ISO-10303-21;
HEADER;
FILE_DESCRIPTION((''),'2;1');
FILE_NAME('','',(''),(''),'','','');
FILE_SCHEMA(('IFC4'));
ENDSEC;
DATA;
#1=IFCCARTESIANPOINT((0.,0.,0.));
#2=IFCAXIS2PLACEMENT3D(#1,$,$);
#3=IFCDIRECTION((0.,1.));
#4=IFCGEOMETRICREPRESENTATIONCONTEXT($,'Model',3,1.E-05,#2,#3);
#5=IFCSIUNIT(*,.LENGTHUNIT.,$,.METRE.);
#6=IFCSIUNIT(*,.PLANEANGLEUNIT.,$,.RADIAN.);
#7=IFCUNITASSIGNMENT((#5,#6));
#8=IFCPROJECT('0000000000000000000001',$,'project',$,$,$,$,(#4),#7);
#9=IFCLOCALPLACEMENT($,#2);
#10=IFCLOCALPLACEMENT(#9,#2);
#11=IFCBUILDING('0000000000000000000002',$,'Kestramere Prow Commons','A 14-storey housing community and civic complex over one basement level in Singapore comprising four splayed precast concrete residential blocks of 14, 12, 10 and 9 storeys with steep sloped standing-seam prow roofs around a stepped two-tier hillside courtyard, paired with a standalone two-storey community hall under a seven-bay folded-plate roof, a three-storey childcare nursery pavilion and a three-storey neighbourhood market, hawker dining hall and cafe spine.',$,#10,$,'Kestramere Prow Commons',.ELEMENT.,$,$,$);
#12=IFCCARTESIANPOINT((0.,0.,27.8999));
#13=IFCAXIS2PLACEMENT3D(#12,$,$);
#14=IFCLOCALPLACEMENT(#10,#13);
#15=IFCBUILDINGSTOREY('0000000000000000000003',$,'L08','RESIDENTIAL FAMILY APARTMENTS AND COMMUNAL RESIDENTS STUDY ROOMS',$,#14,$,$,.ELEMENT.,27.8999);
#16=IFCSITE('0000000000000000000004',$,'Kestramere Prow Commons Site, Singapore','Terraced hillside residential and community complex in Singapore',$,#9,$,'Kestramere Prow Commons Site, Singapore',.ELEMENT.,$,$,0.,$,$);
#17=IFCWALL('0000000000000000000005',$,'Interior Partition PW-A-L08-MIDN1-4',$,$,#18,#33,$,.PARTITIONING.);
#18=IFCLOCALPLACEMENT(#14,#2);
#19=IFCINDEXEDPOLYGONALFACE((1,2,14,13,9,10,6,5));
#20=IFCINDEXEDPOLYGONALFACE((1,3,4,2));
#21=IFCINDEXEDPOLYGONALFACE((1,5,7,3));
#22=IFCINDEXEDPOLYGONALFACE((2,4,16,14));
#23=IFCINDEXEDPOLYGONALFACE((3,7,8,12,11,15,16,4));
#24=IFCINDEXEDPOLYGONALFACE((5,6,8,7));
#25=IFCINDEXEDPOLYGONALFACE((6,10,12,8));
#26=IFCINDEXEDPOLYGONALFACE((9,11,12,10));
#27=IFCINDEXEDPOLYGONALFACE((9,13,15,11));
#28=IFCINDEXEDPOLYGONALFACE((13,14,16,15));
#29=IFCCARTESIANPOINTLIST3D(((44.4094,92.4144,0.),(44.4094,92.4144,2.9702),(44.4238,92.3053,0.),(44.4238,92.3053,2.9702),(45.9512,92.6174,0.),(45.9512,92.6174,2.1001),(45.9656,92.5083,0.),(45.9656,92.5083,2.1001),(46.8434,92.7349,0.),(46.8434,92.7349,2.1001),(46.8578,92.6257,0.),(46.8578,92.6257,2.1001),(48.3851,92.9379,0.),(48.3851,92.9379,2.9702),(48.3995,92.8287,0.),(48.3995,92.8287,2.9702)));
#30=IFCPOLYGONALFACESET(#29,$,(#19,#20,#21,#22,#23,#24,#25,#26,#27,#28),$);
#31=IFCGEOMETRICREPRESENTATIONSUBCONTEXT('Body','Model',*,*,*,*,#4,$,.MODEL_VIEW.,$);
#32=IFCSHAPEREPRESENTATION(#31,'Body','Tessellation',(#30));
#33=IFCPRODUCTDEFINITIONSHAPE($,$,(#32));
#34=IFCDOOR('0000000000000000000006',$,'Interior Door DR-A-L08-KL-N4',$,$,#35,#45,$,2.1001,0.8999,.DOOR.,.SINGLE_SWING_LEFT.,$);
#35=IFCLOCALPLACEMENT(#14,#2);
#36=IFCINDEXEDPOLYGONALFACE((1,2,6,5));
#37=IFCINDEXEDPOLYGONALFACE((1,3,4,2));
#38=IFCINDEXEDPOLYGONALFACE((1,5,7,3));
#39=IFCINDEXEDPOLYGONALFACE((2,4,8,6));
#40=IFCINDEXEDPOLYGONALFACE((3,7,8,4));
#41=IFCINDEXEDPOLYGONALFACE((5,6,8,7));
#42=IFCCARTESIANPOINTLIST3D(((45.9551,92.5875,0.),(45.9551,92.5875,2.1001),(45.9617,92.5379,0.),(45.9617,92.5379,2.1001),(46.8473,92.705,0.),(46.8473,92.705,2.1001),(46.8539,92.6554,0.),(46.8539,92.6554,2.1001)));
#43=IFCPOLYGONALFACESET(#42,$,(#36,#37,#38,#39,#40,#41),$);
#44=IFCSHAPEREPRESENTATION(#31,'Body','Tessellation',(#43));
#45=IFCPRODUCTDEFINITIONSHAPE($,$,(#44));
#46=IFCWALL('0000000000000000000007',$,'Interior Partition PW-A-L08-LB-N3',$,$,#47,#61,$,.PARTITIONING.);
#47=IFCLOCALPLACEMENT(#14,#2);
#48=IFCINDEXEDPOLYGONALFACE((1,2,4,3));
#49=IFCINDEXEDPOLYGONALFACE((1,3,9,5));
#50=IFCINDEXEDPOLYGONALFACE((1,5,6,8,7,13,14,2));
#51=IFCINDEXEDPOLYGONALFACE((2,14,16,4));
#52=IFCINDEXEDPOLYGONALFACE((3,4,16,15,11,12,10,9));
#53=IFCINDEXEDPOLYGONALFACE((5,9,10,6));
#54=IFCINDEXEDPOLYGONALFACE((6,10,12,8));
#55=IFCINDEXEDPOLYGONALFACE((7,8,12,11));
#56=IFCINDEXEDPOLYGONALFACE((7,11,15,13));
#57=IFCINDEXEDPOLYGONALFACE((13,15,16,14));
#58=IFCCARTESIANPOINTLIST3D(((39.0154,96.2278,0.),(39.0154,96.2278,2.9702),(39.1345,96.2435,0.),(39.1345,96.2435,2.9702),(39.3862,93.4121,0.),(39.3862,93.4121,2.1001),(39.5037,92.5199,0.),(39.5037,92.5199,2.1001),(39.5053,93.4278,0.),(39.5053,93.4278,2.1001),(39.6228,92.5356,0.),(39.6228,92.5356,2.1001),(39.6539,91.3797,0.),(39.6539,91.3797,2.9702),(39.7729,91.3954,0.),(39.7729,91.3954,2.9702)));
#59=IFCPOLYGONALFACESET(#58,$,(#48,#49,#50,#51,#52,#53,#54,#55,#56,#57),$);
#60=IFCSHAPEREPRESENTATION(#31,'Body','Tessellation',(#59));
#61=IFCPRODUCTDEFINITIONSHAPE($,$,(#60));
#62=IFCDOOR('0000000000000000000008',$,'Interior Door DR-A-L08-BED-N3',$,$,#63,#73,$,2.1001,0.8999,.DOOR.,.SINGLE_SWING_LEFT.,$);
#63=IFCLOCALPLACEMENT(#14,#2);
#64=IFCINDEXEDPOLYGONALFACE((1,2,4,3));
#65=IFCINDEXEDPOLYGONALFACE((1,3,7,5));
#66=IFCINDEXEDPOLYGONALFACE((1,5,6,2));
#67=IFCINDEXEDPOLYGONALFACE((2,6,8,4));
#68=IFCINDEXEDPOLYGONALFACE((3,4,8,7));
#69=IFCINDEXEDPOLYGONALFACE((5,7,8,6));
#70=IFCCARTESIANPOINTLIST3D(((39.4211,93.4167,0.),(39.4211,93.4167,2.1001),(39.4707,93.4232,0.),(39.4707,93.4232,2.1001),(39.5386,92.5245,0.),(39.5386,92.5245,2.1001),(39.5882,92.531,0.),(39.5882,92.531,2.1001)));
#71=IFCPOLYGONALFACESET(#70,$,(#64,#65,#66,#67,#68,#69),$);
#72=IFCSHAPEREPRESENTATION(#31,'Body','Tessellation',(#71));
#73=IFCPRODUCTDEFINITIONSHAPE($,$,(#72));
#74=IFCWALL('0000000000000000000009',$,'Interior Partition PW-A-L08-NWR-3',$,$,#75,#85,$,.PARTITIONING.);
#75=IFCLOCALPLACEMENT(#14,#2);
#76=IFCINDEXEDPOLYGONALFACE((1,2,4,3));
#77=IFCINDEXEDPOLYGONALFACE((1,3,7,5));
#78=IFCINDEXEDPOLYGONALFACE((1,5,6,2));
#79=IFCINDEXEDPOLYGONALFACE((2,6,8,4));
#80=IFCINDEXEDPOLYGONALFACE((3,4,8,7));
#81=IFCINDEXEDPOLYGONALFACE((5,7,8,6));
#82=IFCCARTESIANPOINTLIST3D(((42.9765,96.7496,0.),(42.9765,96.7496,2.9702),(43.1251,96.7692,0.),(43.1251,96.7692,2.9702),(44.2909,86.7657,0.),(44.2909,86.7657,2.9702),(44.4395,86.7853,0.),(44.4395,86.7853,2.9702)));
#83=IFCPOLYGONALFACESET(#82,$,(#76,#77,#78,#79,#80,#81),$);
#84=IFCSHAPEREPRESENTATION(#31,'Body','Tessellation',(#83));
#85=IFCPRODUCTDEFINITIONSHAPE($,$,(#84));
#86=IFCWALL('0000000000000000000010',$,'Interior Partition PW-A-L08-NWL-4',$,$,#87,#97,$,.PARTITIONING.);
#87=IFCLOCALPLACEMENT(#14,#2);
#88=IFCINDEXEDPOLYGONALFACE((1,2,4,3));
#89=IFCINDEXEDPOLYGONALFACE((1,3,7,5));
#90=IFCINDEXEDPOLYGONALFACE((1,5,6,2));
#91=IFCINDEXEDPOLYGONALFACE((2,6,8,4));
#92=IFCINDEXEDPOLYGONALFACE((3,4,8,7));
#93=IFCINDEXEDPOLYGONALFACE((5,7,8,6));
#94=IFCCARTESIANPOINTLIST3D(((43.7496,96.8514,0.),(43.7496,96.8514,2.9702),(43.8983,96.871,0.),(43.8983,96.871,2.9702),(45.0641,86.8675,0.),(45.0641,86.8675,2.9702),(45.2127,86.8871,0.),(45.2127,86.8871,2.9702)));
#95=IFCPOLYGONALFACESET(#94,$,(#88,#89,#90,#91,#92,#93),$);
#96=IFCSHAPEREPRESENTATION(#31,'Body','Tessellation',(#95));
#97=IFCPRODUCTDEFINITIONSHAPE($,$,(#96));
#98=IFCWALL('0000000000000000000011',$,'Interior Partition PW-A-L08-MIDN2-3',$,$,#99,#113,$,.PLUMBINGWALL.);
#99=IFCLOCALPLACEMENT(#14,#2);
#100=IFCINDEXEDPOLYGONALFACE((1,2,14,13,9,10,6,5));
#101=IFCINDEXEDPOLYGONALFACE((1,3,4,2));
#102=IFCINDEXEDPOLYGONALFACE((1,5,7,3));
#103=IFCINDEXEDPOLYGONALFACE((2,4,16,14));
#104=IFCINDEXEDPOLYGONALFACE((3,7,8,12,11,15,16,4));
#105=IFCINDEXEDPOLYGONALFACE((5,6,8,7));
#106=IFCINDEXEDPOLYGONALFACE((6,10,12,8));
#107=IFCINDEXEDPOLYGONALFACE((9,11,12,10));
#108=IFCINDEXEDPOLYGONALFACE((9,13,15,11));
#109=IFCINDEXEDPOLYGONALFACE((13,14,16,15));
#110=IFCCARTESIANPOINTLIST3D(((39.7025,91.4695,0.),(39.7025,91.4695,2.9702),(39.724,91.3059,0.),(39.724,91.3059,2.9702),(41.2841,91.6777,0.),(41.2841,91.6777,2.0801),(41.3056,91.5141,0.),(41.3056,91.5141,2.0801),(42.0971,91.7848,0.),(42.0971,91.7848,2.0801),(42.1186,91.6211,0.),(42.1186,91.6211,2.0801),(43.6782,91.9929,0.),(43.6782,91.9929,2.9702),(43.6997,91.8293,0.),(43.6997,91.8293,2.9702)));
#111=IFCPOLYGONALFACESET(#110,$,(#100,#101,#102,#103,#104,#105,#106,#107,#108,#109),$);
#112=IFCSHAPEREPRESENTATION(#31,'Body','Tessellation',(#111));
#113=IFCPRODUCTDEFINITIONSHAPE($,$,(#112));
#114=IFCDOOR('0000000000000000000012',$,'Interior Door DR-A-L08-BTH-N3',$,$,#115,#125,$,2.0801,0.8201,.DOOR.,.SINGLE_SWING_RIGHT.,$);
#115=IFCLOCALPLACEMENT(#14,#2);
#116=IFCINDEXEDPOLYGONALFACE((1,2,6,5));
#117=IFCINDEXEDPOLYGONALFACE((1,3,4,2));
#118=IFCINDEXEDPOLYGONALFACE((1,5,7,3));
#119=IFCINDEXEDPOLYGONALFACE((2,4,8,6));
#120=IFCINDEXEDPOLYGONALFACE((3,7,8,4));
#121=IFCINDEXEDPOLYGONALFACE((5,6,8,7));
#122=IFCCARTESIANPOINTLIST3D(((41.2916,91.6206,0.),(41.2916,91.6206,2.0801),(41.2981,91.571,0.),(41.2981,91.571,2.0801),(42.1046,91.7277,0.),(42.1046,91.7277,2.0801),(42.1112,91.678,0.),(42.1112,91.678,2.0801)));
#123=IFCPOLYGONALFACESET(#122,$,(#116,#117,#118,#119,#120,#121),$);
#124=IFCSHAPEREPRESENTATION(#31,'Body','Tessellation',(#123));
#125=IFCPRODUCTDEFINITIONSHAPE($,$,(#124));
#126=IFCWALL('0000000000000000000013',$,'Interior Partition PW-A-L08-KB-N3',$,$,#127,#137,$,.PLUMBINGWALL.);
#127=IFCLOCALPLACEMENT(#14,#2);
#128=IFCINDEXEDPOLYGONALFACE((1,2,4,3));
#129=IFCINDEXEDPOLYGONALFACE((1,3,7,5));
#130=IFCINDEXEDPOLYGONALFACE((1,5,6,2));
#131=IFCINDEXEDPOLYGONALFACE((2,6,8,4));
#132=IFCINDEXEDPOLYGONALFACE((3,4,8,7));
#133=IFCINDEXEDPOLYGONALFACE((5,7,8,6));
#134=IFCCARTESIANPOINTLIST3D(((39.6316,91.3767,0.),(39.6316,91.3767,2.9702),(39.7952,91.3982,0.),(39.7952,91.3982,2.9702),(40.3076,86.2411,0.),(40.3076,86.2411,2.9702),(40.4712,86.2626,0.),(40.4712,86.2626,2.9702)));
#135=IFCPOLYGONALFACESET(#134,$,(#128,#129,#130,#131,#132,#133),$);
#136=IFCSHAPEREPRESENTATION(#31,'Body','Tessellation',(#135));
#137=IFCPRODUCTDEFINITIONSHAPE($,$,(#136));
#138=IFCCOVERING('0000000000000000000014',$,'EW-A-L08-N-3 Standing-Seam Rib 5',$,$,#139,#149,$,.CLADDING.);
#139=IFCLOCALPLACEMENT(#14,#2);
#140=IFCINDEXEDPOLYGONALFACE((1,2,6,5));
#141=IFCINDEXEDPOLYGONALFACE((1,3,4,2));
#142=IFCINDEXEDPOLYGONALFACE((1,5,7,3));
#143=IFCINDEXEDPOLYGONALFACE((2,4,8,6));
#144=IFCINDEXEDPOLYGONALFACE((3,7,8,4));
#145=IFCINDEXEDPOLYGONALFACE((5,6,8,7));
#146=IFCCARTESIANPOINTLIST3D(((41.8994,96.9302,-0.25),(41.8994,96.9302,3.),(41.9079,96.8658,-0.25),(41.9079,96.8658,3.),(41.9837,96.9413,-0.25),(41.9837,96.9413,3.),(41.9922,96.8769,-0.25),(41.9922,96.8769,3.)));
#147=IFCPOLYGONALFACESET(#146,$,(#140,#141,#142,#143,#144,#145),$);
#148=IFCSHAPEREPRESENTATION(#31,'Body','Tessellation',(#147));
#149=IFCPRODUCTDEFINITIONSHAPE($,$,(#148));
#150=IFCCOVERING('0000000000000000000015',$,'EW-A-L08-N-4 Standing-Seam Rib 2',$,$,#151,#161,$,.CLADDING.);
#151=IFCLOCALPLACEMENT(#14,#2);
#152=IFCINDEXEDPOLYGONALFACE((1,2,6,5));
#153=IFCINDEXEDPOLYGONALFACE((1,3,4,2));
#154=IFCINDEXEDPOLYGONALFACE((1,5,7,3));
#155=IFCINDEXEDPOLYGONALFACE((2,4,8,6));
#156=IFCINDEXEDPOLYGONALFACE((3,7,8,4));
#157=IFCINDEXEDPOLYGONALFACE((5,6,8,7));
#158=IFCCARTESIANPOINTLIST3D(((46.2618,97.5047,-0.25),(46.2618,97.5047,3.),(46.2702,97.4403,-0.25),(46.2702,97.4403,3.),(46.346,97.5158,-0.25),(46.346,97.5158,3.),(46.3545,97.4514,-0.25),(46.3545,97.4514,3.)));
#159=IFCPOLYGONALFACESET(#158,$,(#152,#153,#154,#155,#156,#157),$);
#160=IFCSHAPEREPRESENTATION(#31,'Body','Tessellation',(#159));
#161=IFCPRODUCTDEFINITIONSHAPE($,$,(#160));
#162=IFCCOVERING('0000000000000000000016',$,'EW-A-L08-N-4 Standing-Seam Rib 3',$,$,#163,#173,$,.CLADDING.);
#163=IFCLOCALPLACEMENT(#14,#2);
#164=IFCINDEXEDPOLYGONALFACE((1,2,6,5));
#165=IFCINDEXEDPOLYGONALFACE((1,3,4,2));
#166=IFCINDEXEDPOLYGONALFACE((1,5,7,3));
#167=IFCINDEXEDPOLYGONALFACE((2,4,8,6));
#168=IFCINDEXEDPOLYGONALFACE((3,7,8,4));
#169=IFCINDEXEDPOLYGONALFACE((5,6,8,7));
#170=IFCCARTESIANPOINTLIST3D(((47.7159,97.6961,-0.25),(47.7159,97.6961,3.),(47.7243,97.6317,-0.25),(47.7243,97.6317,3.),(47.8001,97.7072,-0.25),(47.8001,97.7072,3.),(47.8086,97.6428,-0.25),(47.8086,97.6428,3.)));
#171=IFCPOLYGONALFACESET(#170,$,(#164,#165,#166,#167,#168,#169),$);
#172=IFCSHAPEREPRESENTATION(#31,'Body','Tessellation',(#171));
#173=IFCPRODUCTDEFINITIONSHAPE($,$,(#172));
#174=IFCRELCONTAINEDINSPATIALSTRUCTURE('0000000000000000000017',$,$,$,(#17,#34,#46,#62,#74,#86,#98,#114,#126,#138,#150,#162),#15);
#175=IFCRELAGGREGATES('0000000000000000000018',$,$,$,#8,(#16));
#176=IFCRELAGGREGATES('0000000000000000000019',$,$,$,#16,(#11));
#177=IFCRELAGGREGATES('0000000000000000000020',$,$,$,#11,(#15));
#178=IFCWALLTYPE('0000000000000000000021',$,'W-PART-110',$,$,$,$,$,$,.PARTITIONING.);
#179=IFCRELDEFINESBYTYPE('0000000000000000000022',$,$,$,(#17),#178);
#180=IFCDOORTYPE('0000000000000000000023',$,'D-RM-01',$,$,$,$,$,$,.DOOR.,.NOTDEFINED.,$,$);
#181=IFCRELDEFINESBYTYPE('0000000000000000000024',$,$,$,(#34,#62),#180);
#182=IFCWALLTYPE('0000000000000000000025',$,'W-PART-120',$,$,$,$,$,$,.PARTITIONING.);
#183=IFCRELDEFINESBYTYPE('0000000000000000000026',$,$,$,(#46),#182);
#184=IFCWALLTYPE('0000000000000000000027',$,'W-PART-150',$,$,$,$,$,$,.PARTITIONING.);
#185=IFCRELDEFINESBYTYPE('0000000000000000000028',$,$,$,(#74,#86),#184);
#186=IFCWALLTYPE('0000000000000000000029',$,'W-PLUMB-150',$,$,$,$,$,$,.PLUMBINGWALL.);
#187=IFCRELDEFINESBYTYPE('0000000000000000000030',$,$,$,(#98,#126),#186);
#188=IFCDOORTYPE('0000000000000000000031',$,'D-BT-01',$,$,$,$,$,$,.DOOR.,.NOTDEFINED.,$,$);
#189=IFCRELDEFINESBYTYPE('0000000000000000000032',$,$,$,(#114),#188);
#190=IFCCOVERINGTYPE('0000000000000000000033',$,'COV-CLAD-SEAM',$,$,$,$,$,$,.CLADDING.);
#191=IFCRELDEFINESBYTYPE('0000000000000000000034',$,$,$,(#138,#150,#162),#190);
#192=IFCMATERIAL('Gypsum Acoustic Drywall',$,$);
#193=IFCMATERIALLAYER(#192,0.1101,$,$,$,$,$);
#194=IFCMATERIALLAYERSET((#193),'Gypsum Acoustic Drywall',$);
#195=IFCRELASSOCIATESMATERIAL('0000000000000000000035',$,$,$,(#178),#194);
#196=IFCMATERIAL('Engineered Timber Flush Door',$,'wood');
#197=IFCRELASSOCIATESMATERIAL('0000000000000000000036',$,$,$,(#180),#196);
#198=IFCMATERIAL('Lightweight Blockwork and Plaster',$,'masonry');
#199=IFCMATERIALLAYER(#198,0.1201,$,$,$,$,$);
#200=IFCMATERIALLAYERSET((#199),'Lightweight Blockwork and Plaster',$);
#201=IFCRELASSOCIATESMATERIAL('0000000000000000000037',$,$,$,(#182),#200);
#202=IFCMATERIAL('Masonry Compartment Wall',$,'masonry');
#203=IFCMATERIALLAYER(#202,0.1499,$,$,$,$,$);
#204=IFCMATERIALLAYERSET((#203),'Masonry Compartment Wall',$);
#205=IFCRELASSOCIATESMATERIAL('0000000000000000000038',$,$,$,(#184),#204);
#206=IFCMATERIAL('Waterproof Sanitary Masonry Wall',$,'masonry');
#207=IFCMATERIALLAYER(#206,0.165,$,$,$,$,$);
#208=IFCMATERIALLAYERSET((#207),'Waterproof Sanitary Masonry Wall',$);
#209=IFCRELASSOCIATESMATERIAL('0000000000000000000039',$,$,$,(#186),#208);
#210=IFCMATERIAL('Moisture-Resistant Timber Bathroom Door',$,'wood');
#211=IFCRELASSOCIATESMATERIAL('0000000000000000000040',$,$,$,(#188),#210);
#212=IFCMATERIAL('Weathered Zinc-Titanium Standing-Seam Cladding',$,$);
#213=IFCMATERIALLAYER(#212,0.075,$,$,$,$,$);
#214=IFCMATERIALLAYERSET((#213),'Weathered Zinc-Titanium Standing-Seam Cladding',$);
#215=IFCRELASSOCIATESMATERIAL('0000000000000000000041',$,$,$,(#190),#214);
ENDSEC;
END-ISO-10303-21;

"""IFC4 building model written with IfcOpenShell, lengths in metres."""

from ifc_helpers import new_model, si_unit, direction, frame, frame_2d, origin, origin_2d, place, context, subcontext, project, spatial, rectangle, extrude, material, layer, layer_set, type_object, element, fill, save


model = new_model("IFC4")

# Units and contexts
model_context = context("Model", 3, precision=1e-05, world=origin(), true_north=direction((0.0, 1.0)))
body_context = subcontext(model_context, "Body", "Model", "MODEL_VIEW")
ifc_project = project(units=[si_unit("LENGTHUNIT", "METRE"), si_unit("PLANEANGLEUNIT", "RADIAN")], contexts=[model_context])

# Site, building, storey
site_placement = place(None, origin())
site = spatial("IfcSite", under=ifc_project, at=site_placement, Name="Kestramere Prow Commons Site, Singapore", Description="Terraced hillside residential and community complex in Singapore", LongName="Kestramere Prow Commons Site, Singapore", CompositionType="ELEMENT", RefElevation=0.0)
building_placement = place(site_placement, origin())
building = spatial("IfcBuilding", under=site, at=building_placement, Name="Kestramere Prow Commons", Description="A 14-storey housing community and civic complex over one basement level in Singapore comprising four splayed precast concrete residential blocks of 14, 12, 10 and 9 storeys with steep sloped standing-seam prow roofs around a stepped two-tier hillside courtyard, paired with a standalone two-storey community hall under a seven-bay folded-plate roof, a three-storey childcare nursery pavilion and a three-storey neighbourhood market, hawker dining hall and cafe spine.", LongName="Kestramere Prow Commons", CompositionType="ELEMENT")
storey_placement = place(building_placement, frame((0.0, 0.0, 27.8999)))
storey = spatial("IfcBuildingStorey", under=building, at=storey_placement, Name="L08", Description="RESIDENTIAL FAMILY APARTMENTS AND COMMUNAL RESIDENTS STUDY ROOMS", CompositionType="ELEMENT", Elevation=27.8999)

# Walls, openings, doors
ifc_material_1 = material(Name="Gypsum Acoustic Drywall")
ifc_layer_1 = layer(ifc_material_1, 0.1101)
ifc_layer_set_1 = layer_set([ifc_layer_1], Name="Gypsum Acoustic Drywall")
wall_type_1 = type_object("IfcWallType", Name="W-PART-110", PredefinedType="PARTITIONING", material=ifc_layer_set_1)
wall_1_placement = place(storey_placement, frame((44.4167, 92.3599, 0.0), z_axis=(0.0, 0.0, 1.0), x_axis=(0.991444, 0.130536, 0.0)))
wall_1 = element("IfcWall", 1, at=wall_1_placement, inside=storey, type_object=wall_type_1, Name="Interior Partition PW-A-L08-MIDN1-4", PredefinedType="PARTITIONING", context=body_context, shape_type="SweptSolid", body=[
    extrude(rectangle(XDim=4.01, YDim=0.1101, at=frame_2d((2.0049, 0.0))), origin(), (0.0, 0.0, 1.0), 2.9702),
])
opening_1_placement = place(wall_1_placement, frame((1.5549, 0.0, 0.0)))
opening_1 = element("IfcOpeningElement", 2, at=opening_1_placement, cuts=wall_1, PredefinedType="OPENING", context=body_context, shape_type="SweptSolid", body=[
    extrude(rectangle(XDim=0.8999, YDim=2.1001, at=frame_2d((0.45, 1.05))), frame((0.0, 0.0701, 0.0), z_axis=(0.0, -1.0, 0.0), x_axis=(1.0, 0.0, 0.0)), (0.0, 0.0, 1.0), 0.1401),
])
ifc_material_2 = material(Name="Engineered Timber Flush Door", Category="wood")
door_type_1 = type_object("IfcDoorType", Name="D-RM-01", OperationType="NOTDEFINED", PredefinedType="DOOR", material=ifc_material_2)
door_1_placement = place(opening_1_placement, origin())
door_1 = element("IfcDoor", 3, at=door_1_placement, inside=storey, type_object=door_type_1, Name="Interior Door DR-A-L08-KL-N4", OperationType="SINGLE_SWING_LEFT", OverallHeight=2.1001, OverallWidth=0.8999, PredefinedType="DOOR", context=body_context, shape_type="SweptSolid", body=[
    extrude(rectangle(XDim=0.8999, YDim=2.1001, at=frame_2d((0.45, 1.05))), frame((0.0, 0.0249, 0.0), z_axis=(0.0, -1.0, 0.0), x_axis=(1.0, 0.0, 0.0)), (0.0, 0.0, 1.0), 0.05),
])
fill(opening_1, door_1)
ifc_material_3 = material(Name="Lightweight Blockwork and Plaster", Category="masonry")
ifc_layer_2 = layer(ifc_material_3, 0.1201)
ifc_layer_set_2 = layer_set([ifc_layer_2], Name="Lightweight Blockwork and Plaster")
wall_type_2 = type_object("IfcWallType", Name="W-PART-120", PredefinedType="PARTITIONING", material=ifc_layer_set_2)
wall_2_placement = place(storey_placement, frame((39.7134, 91.3877, 0.0), z_axis=(0.0, 0.0, 1.0), x_axis=(-0.130558, 0.991441, 0.0)))
wall_2 = element("IfcWall", 4, at=wall_2_placement, inside=storey, type_object=wall_type_2, Name="Interior Partition PW-A-L08-LB-N3", PredefinedType="PARTITIONING", context=body_context, shape_type="SweptSolid", body=[
    extrude(rectangle(XDim=4.8899, YDim=0.1201, at=frame_2d((2.4448, 0.0))), origin(), (0.0, 0.0, 1.0), 2.9702),
])
opening_2_placement = place(wall_2_placement, frame((1.1499, 0.0, 0.0)))
opening_2 = element("IfcOpeningElement", 5, at=opening_2_placement, cuts=wall_2, PredefinedType="OPENING", context=body_context, shape_type="SweptSolid", body=[
    extrude(rectangle(XDim=0.8999, YDim=2.1001, at=frame_2d((0.45, 1.05))), frame((0.0, 0.075, 0.0), z_axis=(0.0, -1.0, 0.0), x_axis=(1.0, 0.0, 0.0)), (0.0, 0.0, 1.0), 0.1501),
])
door_2_placement = place(opening_2_placement, origin())
door_2 = element("IfcDoor", 6, at=door_2_placement, inside=storey, type_object=door_type_1, Name="Interior Door DR-A-L08-BED-N3", OperationType="SINGLE_SWING_LEFT", OverallHeight=2.1001, OverallWidth=0.8999, PredefinedType="DOOR", context=body_context, shape_type="SweptSolid", body=[
    extrude(rectangle(XDim=0.8999, YDim=2.1001, at=frame_2d((0.45, 1.05))), frame((0.0, 0.0249, 0.0), z_axis=(0.0, -1.0, 0.0), x_axis=(1.0, 0.0, 0.0)), (0.0, 0.0, 1.0), 0.05),
])
fill(opening_2, door_2)

# Walls
ifc_material_4 = material(Name="Masonry Compartment Wall", Category="masonry")
ifc_layer_3 = layer(ifc_material_4, 0.1499)
ifc_layer_set_3 = layer_set([ifc_layer_3], Name="Masonry Compartment Wall")
wall_type_3 = type_object("IfcWallType", Name="W-PART-150", PredefinedType="PARTITIONING", material=ifc_layer_set_3)
for number, where, z_axis, x_axis, name in (
    (7, (44.3652, 86.7754, 0.0), (0.0, 0.0, 1.0), (-0.130531, 0.991444, 0.0), "Interior Partition PW-A-L08-NWR-3"),
    (8, (45.1384, 86.8772, 0.0), (0.0, 0.0, 1.0), (-0.130531, 0.991444, 0.0), "Interior Partition PW-A-L08-NWL-4"),
):
    element("IfcWall", number, at=place(storey_placement, frame(where, z_axis=z_axis, x_axis=x_axis)), inside=storey, type_object=wall_type_3, Name=name, PredefinedType="PARTITIONING", context=body_context, shape_type="SweptSolid", body=[
        extrude(rectangle(XDim=10.0701, YDim=0.1499, at=frame_2d((5.0352, 0.0))), origin(), (0.0, 0.0, 1.0), 2.9702),
    ])

# Wall, opening, door
ifc_material_5 = material(Name="Waterproof Sanitary Masonry Wall", Category="masonry")
ifc_layer_4 = layer(ifc_material_5, 0.165)
ifc_layer_set_4 = layer_set([ifc_layer_4], Name="Waterproof Sanitary Masonry Wall")
wall_type_4 = type_object("IfcWallType", Name="W-PLUMB-150", PredefinedType="PLUMBINGWALL", material=ifc_layer_set_4)
wall_3_placement = place(storey_placement, frame((39.7134, 91.3877, 0.0), z_axis=(0.0, 0.0, 1.0), x_axis=(0.991444, 0.130536, 0.0)))
wall_3 = element("IfcWall", 9, at=wall_3_placement, inside=storey, type_object=wall_type_4, Name="Interior Partition PW-A-L08-MIDN2-3", PredefinedType="PLUMBINGWALL", context=body_context, shape_type="SweptSolid", body=[
    extrude(rectangle(XDim=4.01, YDim=0.165, at=frame_2d((2.0049, 0.0))), origin(), (0.0, 0.0, 1.0), 2.9702),
])
opening_3_placement = place(wall_3_placement, frame((1.595, 0.0, 0.0)))
opening_3 = element("IfcOpeningElement", 10, at=opening_3_placement, cuts=wall_3, PredefinedType="OPENING", context=body_context, shape_type="SweptSolid", body=[
    extrude(rectangle(XDim=0.8201, YDim=2.0801, at=frame_2d((0.4102, 1.04))), frame((0.0, 0.0974, 0.0), z_axis=(0.0, -1.0, 0.0), x_axis=(1.0, 0.0, 0.0)), (0.0, 0.0, 1.0), 0.1951),
])
ifc_material_6 = material(Name="Moisture-Resistant Timber Bathroom Door", Category="wood")
door_type_2 = type_object("IfcDoorType", Name="D-BT-01", OperationType="NOTDEFINED", PredefinedType="DOOR", material=ifc_material_6)
door_3_placement = place(opening_3_placement, origin())
door_3 = element("IfcDoor", 11, at=door_3_placement, inside=storey, type_object=door_type_2, Name="Interior Door DR-A-L08-BTH-N3", OperationType="SINGLE_SWING_RIGHT", OverallHeight=2.0801, OverallWidth=0.8201, PredefinedType="DOOR", context=body_context, shape_type="SweptSolid", body=[
    extrude(rectangle(XDim=0.8201, YDim=2.0801, at=frame_2d((0.4102, 1.04))), frame((0.0, 0.0249, 0.0), z_axis=(0.0, -1.0, 0.0), x_axis=(1.0, 0.0, 0.0)), (0.0, 0.0, 1.0), 0.05),
])
fill(opening_3, door_3)

# Wall
wall_4_placement = place(storey_placement, frame((40.3894, 86.252, 0.0), z_axis=(0.0, 0.0, 1.0), x_axis=(-0.130506, 0.991448, 0.0)))
element("IfcWall", 12, at=wall_4_placement, inside=storey, type_object=wall_type_4, Name="Interior Partition PW-A-L08-KB-N3", PredefinedType="PLUMBINGWALL", context=body_context, shape_type="SweptSolid", body=[
    extrude(rectangle(XDim=5.1799, YDim=0.165, at=frame_2d((2.5898, 0.0))), origin(), (0.0, 0.0, 1.0), 2.9702),
])

# Coverings
ifc_material_7 = material(Name="Weathered Zinc-Titanium Standing-Seam Cladding")
ifc_layer_5 = layer(ifc_material_7, 0.075)
ifc_layer_set_5 = layer_set([ifc_layer_5], Name="Weathered Zinc-Titanium Standing-Seam Cladding")
covering_type = type_object("IfcCoveringType", Name="COV-CLAD-SEAM", PredefinedType="CLADDING", material=ifc_layer_set_5)
for number, where, z_axis, x_axis, name in (
    (13, (41.9458, 96.9036, -0.25), (0.0, 0.0, 1.0), (0.991445, 0.130526, 0.0), "EW-A-L08-N-3 Standing-Seam Rib 5"),
    (14, (46.3081, 97.478, -0.25), (0.0, 0.0, 1.0), (0.991445, 0.130526, 0.0), "EW-A-L08-N-4 Standing-Seam Rib 2"),
    (15, (47.7622, 97.6694, -0.25), (0.0, 0.0, 1.0), (0.991445, 0.130526, 0.0), "EW-A-L08-N-4 Standing-Seam Rib 3"),
):
    element("IfcCovering", number, at=place(storey_placement, frame(where, z_axis=z_axis, x_axis=x_axis)), inside=storey, type_object=covering_type, Name=name, PredefinedType="CLADDING", context=body_context, shape_type="SweptSolid", body=[
        extrude(rectangle(XDim=0.085, YDim=0.0649, at=origin_2d()), origin(), (0.0, 0.0, 1.0), 3.25),
    ])

save(model, "model.ifc")
